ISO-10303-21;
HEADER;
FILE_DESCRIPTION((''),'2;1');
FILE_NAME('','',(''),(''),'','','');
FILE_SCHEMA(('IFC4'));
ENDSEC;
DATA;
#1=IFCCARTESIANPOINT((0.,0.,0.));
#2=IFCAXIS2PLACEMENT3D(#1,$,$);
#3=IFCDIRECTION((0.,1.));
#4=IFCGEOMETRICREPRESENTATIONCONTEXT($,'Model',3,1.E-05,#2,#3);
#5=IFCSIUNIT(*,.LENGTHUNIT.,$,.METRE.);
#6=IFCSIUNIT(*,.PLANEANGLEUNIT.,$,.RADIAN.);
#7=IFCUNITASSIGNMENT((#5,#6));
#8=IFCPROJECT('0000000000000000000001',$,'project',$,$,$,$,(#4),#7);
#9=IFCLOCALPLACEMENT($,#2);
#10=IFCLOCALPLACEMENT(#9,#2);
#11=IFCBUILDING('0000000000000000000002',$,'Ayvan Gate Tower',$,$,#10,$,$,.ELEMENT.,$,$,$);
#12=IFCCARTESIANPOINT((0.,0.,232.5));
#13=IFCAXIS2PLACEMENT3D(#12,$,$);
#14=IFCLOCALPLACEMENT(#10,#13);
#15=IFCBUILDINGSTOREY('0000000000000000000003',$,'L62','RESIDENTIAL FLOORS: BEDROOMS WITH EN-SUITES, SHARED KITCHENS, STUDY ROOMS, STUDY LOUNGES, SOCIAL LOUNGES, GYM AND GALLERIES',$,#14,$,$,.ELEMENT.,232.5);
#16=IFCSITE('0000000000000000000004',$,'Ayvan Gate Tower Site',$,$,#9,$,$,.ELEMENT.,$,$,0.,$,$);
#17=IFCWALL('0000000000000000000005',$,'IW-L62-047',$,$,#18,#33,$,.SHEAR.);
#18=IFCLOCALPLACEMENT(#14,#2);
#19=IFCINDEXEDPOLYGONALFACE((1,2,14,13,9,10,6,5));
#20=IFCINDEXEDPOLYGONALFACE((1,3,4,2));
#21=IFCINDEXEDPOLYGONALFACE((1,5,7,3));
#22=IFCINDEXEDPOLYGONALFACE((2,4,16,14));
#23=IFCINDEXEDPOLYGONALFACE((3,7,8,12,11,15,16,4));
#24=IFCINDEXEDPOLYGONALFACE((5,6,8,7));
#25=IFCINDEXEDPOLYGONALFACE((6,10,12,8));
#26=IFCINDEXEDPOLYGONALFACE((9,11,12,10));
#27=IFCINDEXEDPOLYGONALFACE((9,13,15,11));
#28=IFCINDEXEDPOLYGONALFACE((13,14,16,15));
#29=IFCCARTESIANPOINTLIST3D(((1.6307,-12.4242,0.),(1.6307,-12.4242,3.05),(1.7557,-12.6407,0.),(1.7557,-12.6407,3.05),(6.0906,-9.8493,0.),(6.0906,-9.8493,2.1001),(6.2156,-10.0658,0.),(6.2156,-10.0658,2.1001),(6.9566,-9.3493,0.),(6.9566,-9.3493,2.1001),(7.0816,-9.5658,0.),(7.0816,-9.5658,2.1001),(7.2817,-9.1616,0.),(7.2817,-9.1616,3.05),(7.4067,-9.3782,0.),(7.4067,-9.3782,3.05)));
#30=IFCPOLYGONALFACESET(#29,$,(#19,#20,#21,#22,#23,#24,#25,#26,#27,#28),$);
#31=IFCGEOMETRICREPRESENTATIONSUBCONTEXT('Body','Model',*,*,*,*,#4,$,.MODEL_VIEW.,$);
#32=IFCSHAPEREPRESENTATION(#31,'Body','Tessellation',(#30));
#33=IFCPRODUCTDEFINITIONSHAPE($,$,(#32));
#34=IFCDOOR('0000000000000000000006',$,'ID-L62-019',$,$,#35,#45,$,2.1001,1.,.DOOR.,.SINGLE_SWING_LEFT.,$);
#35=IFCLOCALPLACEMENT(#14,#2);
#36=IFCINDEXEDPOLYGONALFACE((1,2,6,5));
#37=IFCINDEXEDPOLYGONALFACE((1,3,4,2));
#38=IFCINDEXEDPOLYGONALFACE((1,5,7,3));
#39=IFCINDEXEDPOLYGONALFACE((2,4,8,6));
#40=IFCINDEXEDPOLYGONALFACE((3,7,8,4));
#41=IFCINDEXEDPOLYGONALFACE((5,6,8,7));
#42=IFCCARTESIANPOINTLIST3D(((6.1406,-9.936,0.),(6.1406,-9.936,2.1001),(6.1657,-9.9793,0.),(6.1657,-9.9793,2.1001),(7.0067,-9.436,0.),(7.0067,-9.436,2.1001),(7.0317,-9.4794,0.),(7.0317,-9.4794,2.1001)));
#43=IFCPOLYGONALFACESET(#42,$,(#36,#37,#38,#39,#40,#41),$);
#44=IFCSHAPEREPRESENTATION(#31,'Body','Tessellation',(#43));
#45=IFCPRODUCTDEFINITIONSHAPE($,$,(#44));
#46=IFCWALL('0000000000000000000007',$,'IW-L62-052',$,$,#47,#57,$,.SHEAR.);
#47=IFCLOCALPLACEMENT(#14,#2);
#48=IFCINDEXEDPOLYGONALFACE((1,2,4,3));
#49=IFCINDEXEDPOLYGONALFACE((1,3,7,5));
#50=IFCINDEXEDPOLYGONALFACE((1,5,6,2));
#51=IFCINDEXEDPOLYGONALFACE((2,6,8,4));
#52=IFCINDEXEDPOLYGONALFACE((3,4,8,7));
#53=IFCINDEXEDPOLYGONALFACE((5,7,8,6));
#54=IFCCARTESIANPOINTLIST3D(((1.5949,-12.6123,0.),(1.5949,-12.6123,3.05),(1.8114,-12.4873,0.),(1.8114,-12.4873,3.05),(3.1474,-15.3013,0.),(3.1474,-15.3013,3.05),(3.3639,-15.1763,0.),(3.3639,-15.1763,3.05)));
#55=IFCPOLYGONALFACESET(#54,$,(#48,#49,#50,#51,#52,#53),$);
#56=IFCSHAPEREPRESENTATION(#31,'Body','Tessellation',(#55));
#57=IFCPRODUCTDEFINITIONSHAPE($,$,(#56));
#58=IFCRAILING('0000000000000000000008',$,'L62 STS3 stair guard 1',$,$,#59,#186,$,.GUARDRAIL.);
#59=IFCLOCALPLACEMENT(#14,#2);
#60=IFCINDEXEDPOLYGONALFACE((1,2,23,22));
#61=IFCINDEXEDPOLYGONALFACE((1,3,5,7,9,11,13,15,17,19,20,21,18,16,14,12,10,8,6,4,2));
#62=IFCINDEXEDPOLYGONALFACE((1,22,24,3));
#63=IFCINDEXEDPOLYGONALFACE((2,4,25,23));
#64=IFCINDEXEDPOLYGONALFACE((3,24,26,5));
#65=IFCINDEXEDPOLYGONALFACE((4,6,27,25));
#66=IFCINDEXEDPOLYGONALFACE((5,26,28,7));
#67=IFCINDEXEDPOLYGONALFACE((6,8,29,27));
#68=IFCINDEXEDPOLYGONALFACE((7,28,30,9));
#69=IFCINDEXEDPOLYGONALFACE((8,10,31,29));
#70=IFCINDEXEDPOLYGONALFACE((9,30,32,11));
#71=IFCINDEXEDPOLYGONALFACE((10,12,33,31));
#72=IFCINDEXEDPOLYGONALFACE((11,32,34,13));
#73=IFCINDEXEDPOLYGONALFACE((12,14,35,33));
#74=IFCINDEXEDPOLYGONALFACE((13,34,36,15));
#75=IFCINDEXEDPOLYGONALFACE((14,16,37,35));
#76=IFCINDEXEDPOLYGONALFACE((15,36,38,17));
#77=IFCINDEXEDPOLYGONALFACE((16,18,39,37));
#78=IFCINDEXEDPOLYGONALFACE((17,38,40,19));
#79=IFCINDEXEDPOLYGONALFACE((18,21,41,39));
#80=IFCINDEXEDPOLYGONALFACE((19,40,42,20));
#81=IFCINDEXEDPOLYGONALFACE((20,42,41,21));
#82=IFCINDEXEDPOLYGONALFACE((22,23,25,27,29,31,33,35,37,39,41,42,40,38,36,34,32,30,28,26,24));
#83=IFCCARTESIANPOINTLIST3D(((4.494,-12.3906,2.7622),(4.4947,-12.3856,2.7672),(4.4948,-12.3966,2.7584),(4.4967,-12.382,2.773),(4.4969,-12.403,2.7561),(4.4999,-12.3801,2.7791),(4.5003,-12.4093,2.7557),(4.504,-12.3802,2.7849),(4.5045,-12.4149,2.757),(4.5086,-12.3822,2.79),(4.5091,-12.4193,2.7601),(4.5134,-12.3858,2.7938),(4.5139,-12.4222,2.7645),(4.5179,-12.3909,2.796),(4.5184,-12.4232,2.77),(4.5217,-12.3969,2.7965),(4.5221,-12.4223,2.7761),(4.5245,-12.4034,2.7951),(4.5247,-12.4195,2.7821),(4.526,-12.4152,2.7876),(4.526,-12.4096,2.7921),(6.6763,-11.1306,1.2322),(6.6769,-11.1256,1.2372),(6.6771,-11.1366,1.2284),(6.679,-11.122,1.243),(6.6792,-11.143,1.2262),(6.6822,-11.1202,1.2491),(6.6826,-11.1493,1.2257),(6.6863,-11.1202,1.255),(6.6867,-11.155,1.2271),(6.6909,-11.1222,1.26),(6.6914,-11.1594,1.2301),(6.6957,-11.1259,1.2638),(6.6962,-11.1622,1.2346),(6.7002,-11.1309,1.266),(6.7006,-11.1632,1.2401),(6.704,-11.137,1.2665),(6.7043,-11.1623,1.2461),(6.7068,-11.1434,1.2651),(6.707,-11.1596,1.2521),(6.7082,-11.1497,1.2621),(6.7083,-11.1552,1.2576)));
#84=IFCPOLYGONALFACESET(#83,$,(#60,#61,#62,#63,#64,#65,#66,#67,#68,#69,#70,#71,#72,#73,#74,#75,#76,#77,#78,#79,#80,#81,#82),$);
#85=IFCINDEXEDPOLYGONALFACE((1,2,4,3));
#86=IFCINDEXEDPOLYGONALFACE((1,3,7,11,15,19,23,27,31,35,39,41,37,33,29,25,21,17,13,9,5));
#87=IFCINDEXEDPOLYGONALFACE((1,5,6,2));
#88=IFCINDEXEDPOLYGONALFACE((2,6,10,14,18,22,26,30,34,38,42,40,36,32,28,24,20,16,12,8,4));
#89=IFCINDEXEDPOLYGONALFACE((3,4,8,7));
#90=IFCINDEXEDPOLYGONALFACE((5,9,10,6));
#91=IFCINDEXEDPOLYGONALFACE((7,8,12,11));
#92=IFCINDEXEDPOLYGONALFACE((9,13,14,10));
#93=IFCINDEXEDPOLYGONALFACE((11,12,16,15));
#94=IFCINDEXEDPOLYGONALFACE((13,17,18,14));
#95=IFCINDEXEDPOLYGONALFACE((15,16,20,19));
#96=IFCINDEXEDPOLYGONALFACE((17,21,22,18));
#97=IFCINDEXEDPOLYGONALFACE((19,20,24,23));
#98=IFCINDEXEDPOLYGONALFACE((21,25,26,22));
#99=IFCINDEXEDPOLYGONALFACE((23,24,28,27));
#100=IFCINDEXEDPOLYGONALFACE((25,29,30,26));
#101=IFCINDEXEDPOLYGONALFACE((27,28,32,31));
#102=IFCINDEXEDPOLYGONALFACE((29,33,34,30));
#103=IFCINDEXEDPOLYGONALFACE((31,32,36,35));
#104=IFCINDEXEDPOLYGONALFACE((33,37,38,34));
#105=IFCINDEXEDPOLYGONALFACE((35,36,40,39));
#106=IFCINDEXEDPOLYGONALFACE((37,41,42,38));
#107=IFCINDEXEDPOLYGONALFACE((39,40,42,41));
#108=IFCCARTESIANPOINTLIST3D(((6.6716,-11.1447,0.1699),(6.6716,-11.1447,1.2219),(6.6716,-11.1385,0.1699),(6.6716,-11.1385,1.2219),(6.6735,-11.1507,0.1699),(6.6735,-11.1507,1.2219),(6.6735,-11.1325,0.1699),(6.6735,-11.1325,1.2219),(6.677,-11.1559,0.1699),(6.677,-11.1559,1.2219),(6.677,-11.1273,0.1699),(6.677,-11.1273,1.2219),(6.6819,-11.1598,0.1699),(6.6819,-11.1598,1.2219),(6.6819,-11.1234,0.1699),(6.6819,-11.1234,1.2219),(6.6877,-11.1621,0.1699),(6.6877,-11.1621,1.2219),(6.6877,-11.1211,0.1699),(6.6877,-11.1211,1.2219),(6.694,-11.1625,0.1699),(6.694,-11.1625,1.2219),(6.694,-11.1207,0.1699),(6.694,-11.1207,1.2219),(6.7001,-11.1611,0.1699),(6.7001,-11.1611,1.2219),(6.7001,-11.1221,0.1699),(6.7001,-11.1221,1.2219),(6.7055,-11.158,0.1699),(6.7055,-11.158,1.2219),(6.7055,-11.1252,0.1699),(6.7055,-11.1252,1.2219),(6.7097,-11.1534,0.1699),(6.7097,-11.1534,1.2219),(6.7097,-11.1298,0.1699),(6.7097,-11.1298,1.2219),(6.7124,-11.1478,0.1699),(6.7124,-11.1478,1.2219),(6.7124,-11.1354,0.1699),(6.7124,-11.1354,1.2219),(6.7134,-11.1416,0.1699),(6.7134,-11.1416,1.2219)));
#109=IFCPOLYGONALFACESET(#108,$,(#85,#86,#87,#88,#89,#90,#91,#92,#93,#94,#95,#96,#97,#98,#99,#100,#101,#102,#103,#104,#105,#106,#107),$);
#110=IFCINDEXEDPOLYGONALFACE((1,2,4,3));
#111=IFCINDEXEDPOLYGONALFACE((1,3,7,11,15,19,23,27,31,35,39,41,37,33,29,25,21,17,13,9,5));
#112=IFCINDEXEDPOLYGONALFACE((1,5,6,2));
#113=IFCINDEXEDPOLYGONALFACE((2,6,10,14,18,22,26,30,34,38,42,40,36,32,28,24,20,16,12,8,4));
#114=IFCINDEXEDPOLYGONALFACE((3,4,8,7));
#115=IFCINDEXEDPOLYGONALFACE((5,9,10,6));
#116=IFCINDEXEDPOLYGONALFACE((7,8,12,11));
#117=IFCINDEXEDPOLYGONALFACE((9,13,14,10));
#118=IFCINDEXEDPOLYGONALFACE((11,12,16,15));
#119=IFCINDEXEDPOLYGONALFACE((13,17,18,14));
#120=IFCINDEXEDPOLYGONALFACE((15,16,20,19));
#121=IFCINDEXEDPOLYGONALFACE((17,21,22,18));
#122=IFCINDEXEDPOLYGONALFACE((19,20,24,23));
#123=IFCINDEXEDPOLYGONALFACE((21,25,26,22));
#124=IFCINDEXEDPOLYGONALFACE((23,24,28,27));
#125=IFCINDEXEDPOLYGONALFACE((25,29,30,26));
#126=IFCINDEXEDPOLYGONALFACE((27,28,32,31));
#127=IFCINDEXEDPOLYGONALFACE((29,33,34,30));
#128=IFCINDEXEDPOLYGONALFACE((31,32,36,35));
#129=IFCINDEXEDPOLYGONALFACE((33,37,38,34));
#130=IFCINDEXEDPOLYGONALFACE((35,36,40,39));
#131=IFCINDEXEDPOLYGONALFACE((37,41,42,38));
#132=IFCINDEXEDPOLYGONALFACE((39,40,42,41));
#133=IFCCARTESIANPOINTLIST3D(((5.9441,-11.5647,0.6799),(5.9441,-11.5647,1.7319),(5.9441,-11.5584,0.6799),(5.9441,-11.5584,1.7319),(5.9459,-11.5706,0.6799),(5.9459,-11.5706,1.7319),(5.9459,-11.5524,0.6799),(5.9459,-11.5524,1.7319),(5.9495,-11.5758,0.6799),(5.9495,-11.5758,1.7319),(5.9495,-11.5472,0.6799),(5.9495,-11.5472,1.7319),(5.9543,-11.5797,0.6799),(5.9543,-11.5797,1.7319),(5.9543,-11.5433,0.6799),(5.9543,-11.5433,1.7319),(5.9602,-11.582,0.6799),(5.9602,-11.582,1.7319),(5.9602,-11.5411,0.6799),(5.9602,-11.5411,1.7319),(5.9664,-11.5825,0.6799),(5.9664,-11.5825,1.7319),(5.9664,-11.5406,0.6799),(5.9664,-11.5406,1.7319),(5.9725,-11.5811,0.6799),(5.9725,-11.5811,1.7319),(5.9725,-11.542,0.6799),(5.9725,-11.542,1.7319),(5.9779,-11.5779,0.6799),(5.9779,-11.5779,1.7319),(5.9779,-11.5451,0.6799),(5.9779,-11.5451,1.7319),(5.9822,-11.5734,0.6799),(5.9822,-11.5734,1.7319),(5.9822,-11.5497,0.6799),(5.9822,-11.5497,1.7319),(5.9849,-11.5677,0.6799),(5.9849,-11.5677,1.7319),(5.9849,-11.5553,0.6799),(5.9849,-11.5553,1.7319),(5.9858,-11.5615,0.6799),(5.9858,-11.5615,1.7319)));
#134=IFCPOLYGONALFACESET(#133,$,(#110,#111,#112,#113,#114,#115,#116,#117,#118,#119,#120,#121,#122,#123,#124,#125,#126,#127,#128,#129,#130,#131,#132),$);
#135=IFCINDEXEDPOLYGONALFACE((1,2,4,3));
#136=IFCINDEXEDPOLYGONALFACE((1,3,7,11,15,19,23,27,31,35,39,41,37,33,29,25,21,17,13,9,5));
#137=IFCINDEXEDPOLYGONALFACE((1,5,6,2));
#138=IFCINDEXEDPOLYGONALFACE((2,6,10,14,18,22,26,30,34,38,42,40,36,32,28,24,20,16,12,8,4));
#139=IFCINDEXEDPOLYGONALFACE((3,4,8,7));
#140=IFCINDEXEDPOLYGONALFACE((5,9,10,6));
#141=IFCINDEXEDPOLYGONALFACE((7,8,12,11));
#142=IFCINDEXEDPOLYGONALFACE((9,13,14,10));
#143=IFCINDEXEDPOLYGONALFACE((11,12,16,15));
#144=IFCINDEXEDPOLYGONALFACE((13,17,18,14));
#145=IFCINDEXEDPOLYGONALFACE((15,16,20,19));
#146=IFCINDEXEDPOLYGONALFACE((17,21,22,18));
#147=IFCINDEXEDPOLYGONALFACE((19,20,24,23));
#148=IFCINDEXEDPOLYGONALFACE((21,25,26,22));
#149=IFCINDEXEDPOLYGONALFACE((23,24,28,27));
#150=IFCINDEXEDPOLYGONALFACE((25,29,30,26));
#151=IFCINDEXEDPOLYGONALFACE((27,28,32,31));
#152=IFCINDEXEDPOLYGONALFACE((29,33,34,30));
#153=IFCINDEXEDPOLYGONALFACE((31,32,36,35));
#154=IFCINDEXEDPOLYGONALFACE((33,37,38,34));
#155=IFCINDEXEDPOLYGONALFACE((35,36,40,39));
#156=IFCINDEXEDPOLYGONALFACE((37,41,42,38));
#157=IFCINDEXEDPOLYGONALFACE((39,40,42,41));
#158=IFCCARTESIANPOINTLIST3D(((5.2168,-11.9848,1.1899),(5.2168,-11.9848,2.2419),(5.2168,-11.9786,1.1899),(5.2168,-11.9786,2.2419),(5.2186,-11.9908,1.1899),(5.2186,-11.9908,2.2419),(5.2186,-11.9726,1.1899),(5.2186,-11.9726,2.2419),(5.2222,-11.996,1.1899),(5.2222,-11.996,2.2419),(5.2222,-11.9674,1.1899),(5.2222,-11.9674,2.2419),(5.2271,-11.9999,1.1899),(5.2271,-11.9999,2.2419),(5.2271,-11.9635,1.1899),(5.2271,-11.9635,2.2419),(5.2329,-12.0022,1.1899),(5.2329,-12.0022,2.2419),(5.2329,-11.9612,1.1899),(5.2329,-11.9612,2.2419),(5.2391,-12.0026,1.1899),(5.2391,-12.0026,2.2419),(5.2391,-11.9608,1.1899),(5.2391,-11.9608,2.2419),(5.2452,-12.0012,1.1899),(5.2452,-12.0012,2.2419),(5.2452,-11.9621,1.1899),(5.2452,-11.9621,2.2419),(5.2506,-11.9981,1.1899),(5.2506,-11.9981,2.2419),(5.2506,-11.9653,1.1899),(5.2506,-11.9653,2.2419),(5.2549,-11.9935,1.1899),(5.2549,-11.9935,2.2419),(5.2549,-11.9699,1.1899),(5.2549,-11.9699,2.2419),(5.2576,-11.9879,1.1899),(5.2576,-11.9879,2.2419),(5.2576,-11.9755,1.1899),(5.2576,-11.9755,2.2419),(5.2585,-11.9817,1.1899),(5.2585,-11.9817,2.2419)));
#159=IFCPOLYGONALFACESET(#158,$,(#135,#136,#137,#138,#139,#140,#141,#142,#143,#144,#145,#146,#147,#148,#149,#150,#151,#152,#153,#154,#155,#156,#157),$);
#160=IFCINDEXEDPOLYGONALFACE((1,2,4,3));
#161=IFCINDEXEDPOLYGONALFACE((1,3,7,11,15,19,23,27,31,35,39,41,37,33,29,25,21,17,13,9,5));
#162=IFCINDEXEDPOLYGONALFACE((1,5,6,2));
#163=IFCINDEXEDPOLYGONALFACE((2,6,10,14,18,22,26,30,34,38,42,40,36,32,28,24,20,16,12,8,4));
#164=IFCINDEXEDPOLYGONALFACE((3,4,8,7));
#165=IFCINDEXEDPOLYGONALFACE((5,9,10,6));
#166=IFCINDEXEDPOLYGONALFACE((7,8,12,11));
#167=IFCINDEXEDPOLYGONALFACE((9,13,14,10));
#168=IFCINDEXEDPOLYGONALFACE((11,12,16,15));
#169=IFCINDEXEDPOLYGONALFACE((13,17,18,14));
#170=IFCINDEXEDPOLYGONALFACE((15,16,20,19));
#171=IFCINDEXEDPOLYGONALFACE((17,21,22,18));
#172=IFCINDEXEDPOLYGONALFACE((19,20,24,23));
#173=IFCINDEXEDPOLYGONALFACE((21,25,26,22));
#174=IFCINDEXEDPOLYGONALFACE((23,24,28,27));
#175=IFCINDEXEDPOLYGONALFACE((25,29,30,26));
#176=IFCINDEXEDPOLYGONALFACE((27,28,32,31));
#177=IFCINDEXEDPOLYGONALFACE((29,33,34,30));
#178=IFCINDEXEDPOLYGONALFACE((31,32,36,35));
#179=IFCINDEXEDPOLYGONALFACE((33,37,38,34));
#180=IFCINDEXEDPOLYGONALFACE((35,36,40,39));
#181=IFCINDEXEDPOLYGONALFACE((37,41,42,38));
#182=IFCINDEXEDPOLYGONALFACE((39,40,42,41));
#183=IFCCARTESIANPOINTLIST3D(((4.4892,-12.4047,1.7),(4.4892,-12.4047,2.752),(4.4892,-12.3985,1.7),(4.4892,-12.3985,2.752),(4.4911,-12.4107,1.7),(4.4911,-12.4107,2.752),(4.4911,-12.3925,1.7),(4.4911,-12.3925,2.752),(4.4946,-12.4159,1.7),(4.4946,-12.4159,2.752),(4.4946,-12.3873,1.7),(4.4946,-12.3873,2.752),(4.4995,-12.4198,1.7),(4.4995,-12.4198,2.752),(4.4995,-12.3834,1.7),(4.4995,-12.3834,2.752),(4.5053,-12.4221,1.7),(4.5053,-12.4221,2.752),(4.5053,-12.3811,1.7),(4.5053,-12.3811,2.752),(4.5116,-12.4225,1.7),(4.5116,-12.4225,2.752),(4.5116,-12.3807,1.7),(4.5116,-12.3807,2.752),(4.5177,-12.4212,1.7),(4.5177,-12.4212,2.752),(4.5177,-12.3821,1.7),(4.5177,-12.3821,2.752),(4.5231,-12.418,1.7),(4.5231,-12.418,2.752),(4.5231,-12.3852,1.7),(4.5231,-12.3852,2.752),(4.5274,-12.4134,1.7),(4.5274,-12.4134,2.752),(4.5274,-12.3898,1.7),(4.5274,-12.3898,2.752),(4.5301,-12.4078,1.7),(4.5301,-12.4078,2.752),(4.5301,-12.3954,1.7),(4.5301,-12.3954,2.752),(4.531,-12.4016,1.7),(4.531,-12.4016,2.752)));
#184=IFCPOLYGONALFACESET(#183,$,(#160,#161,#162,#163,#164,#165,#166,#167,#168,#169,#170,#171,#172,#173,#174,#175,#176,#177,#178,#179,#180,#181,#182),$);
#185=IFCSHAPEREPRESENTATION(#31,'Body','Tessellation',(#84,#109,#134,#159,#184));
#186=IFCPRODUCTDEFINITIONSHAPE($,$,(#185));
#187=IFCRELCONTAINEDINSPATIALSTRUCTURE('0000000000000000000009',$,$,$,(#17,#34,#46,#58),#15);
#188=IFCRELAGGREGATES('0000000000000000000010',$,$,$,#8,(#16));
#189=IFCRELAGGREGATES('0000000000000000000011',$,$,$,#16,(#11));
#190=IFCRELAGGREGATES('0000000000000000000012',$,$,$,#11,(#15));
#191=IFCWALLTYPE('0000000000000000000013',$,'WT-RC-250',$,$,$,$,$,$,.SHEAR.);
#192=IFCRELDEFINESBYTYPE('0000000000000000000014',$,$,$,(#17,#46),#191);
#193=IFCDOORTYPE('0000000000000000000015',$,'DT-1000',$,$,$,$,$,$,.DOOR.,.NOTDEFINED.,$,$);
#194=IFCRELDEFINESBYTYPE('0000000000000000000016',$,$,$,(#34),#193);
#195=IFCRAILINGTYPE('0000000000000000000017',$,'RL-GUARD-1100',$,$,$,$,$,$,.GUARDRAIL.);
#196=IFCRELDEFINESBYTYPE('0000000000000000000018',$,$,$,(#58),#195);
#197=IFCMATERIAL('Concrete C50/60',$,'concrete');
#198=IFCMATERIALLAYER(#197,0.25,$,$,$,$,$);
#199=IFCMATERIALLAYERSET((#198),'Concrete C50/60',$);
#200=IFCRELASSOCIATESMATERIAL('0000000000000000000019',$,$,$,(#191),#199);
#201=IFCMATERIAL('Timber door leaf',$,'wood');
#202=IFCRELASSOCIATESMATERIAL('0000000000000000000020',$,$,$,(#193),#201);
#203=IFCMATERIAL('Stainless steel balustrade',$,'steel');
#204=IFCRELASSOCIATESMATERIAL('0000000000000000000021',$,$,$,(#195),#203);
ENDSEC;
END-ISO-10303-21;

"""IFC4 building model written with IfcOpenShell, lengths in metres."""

from ifc_helpers import new_model, si_unit, direction, frame, frame_2d, origin, origin_2d, place, context, subcontext, project, spatial, rectangle, circle, extrude, material, layer, layer_set, type_object, element, fill, save


model = new_model("IFC4")

# Units and contexts
model_context = context("Model", 3, precision=1e-05, world=origin(), true_north=direction((0.0, 1.0)))
body_context = subcontext(model_context, "Body", "Model", "MODEL_VIEW")
ifc_project = project(units=[si_unit("LENGTHUNIT", "METRE"), si_unit("PLANEANGLEUNIT", "RADIAN")], contexts=[model_context])

# Site, building, storey
site_placement = place(None, origin())
site = spatial("IfcSite", under=ifc_project, at=site_placement, Name="Ayvan Gate Tower Site", CompositionType="ELEMENT", RefElevation=0.0)
building_placement = place(site_placement, origin())
building = spatial("IfcBuilding", under=site, at=building_placement, Name="Ayvan Gate Tower", CompositionType="ELEMENT")
storey_placement = place(building_placement, frame((0.0, 0.0, 232.5)))
storey = spatial("IfcBuildingStorey", under=building, at=storey_placement, Name="L62", Description="RESIDENTIAL FLOORS: BEDROOMS WITH EN-SUITES, SHARED KITCHENS, STUDY ROOMS, STUDY LOUNGES, SOCIAL LOUNGES, GYM AND GALLERIES", CompositionType="ELEMENT", Elevation=232.5)

# Shared definitions
ifc_material_1 = material(Name="Concrete C50/60", Category="concrete")

# Shared definitions
ifc_layer_1 = layer(ifc_material_1, 0.25)
ifc_layer_set_1 = layer_set([ifc_layer_1], Name="Concrete C50/60")
wall_type = type_object("IfcWallType", Name="WT-RC-250", PredefinedType="SHEAR", material=ifc_layer_set_1)

# Wall, opening, door
wall_1_placement = place(storey_placement, frame((1.6931, -12.5325, 0.0), z_axis=(0.0, 0.0, 1.0), x_axis=(0.866031, 0.49999, 0.0)))
wall_1 = element("IfcWall", 1, at=wall_1_placement, inside=storey, type_object=wall_type, Name="IW-L62-047", PredefinedType="SHEAR", context=body_context, shape_type="SweptSolid", body=[
    extrude(rectangle(XDim=6.5251, YDim=0.25, at=frame_2d((3.2627, 0.0))), origin(), (0.0, 0.0, 1.0), 3.05),
])
opening_placement = place(wall_1_placement, frame((5.1499, 0.0, 0.0)))
opening = element("IfcOpeningElement", 2, at=opening_placement, cuts=wall_1, PredefinedType="OPENING", context=body_context, shape_type="SweptSolid", body=[
    extrude(rectangle(XDim=1.0, YDim=2.1001, at=frame_2d((0.5, 1.05))), frame((0.0, 0.135, 0.0), z_axis=(0.0, -1.0, 0.0), x_axis=(1.0, 0.0, 0.0)), (0.0, 0.0, 1.0), 0.27),
])
ifc_material_2 = material(Name="Timber door leaf", Category="wood")
door_type = type_object("IfcDoorType", Name="DT-1000", OperationType="NOTDEFINED", PredefinedType="DOOR", material=ifc_material_2)
door_placement = place(opening_placement, origin())
door = element("IfcDoor", 3, at=door_placement, inside=storey, type_object=door_type, Name="ID-L62-019", OperationType="SINGLE_SWING_LEFT", OverallHeight=2.1001, OverallWidth=1.0, PredefinedType="DOOR", context=body_context, shape_type="SweptSolid", body=[
    extrude(rectangle(XDim=1.0, YDim=2.1001, at=frame_2d((0.5, 1.05))), frame((0.0, 0.0249, 0.0), z_axis=(0.0, -1.0, 0.0), x_axis=(1.0, 0.0, 0.0)), (0.0, 0.0, 1.0), 0.05),
])
fill(opening, door)

# Wall
wall_2_placement = place(storey_placement, frame((3.2556, -15.2388, 0.0), z_axis=(0.0, 0.0, 1.0), x_axis=(-0.500004, 0.866023, 0.0)))
element("IfcWall", 4, at=wall_2_placement, inside=storey, type_object=wall_type, Name="IW-L62-052", PredefinedType="SHEAR", context=body_context, shape_type="SweptSolid", body=[
    extrude(rectangle(XDim=3.105, YDim=0.25, at=frame_2d((1.5525, 0.0))), origin(), (0.0, 0.0, 1.0), 3.05),
])

# Railing
ifc_material_3 = material(Name="Stainless steel balustrade", Category="steel")
railing_type_1 = type_object("IfcRailingType", Name="RL-GUARD-1100", PredefinedType="GUARDRAIL", material=ifc_material_3)
railing_1_placement = place(storey_placement, frame((6.6924, -11.1416, 0.1699)))
element("IfcRailing", 5, at=railing_1_placement, inside=storey, type_object=railing_type_1, Name="L62 STS3 stair guard 1", PredefinedType="GUARDRAIL", context=body_context, shape_type="SweptSolid", body=[
    extrude(circle(Radius=0.0239, at=origin_2d()), frame((0.0, 0.0, 1.0762), z_axis=(-0.740261, -0.427395, 0.518986), x_axis=(0.500005, -0.866023, 0.0)), (0.0, 0.0, 1.0), 2.948),
    extrude(circle(Radius=0.021, at=origin_2d()), origin(), (0.0, 0.0, 1.0), 1.052),
    extrude(circle(Radius=0.021, at=origin_2d()), frame((-0.7275, -0.4199, 0.51)), (0.0, 0.0, 1.0), 1.052),
    extrude(circle(Radius=0.021, at=origin_2d()), frame((-1.4548, -0.8401, 1.02)), (0.0, 0.0, 1.0), 1.052),
    extrude(circle(Radius=0.021, at=origin_2d()), frame((-2.1824, -1.26, 1.53)), (0.0, 0.0, 1.0), 1.052),
])

save(model, "model.ifc")
